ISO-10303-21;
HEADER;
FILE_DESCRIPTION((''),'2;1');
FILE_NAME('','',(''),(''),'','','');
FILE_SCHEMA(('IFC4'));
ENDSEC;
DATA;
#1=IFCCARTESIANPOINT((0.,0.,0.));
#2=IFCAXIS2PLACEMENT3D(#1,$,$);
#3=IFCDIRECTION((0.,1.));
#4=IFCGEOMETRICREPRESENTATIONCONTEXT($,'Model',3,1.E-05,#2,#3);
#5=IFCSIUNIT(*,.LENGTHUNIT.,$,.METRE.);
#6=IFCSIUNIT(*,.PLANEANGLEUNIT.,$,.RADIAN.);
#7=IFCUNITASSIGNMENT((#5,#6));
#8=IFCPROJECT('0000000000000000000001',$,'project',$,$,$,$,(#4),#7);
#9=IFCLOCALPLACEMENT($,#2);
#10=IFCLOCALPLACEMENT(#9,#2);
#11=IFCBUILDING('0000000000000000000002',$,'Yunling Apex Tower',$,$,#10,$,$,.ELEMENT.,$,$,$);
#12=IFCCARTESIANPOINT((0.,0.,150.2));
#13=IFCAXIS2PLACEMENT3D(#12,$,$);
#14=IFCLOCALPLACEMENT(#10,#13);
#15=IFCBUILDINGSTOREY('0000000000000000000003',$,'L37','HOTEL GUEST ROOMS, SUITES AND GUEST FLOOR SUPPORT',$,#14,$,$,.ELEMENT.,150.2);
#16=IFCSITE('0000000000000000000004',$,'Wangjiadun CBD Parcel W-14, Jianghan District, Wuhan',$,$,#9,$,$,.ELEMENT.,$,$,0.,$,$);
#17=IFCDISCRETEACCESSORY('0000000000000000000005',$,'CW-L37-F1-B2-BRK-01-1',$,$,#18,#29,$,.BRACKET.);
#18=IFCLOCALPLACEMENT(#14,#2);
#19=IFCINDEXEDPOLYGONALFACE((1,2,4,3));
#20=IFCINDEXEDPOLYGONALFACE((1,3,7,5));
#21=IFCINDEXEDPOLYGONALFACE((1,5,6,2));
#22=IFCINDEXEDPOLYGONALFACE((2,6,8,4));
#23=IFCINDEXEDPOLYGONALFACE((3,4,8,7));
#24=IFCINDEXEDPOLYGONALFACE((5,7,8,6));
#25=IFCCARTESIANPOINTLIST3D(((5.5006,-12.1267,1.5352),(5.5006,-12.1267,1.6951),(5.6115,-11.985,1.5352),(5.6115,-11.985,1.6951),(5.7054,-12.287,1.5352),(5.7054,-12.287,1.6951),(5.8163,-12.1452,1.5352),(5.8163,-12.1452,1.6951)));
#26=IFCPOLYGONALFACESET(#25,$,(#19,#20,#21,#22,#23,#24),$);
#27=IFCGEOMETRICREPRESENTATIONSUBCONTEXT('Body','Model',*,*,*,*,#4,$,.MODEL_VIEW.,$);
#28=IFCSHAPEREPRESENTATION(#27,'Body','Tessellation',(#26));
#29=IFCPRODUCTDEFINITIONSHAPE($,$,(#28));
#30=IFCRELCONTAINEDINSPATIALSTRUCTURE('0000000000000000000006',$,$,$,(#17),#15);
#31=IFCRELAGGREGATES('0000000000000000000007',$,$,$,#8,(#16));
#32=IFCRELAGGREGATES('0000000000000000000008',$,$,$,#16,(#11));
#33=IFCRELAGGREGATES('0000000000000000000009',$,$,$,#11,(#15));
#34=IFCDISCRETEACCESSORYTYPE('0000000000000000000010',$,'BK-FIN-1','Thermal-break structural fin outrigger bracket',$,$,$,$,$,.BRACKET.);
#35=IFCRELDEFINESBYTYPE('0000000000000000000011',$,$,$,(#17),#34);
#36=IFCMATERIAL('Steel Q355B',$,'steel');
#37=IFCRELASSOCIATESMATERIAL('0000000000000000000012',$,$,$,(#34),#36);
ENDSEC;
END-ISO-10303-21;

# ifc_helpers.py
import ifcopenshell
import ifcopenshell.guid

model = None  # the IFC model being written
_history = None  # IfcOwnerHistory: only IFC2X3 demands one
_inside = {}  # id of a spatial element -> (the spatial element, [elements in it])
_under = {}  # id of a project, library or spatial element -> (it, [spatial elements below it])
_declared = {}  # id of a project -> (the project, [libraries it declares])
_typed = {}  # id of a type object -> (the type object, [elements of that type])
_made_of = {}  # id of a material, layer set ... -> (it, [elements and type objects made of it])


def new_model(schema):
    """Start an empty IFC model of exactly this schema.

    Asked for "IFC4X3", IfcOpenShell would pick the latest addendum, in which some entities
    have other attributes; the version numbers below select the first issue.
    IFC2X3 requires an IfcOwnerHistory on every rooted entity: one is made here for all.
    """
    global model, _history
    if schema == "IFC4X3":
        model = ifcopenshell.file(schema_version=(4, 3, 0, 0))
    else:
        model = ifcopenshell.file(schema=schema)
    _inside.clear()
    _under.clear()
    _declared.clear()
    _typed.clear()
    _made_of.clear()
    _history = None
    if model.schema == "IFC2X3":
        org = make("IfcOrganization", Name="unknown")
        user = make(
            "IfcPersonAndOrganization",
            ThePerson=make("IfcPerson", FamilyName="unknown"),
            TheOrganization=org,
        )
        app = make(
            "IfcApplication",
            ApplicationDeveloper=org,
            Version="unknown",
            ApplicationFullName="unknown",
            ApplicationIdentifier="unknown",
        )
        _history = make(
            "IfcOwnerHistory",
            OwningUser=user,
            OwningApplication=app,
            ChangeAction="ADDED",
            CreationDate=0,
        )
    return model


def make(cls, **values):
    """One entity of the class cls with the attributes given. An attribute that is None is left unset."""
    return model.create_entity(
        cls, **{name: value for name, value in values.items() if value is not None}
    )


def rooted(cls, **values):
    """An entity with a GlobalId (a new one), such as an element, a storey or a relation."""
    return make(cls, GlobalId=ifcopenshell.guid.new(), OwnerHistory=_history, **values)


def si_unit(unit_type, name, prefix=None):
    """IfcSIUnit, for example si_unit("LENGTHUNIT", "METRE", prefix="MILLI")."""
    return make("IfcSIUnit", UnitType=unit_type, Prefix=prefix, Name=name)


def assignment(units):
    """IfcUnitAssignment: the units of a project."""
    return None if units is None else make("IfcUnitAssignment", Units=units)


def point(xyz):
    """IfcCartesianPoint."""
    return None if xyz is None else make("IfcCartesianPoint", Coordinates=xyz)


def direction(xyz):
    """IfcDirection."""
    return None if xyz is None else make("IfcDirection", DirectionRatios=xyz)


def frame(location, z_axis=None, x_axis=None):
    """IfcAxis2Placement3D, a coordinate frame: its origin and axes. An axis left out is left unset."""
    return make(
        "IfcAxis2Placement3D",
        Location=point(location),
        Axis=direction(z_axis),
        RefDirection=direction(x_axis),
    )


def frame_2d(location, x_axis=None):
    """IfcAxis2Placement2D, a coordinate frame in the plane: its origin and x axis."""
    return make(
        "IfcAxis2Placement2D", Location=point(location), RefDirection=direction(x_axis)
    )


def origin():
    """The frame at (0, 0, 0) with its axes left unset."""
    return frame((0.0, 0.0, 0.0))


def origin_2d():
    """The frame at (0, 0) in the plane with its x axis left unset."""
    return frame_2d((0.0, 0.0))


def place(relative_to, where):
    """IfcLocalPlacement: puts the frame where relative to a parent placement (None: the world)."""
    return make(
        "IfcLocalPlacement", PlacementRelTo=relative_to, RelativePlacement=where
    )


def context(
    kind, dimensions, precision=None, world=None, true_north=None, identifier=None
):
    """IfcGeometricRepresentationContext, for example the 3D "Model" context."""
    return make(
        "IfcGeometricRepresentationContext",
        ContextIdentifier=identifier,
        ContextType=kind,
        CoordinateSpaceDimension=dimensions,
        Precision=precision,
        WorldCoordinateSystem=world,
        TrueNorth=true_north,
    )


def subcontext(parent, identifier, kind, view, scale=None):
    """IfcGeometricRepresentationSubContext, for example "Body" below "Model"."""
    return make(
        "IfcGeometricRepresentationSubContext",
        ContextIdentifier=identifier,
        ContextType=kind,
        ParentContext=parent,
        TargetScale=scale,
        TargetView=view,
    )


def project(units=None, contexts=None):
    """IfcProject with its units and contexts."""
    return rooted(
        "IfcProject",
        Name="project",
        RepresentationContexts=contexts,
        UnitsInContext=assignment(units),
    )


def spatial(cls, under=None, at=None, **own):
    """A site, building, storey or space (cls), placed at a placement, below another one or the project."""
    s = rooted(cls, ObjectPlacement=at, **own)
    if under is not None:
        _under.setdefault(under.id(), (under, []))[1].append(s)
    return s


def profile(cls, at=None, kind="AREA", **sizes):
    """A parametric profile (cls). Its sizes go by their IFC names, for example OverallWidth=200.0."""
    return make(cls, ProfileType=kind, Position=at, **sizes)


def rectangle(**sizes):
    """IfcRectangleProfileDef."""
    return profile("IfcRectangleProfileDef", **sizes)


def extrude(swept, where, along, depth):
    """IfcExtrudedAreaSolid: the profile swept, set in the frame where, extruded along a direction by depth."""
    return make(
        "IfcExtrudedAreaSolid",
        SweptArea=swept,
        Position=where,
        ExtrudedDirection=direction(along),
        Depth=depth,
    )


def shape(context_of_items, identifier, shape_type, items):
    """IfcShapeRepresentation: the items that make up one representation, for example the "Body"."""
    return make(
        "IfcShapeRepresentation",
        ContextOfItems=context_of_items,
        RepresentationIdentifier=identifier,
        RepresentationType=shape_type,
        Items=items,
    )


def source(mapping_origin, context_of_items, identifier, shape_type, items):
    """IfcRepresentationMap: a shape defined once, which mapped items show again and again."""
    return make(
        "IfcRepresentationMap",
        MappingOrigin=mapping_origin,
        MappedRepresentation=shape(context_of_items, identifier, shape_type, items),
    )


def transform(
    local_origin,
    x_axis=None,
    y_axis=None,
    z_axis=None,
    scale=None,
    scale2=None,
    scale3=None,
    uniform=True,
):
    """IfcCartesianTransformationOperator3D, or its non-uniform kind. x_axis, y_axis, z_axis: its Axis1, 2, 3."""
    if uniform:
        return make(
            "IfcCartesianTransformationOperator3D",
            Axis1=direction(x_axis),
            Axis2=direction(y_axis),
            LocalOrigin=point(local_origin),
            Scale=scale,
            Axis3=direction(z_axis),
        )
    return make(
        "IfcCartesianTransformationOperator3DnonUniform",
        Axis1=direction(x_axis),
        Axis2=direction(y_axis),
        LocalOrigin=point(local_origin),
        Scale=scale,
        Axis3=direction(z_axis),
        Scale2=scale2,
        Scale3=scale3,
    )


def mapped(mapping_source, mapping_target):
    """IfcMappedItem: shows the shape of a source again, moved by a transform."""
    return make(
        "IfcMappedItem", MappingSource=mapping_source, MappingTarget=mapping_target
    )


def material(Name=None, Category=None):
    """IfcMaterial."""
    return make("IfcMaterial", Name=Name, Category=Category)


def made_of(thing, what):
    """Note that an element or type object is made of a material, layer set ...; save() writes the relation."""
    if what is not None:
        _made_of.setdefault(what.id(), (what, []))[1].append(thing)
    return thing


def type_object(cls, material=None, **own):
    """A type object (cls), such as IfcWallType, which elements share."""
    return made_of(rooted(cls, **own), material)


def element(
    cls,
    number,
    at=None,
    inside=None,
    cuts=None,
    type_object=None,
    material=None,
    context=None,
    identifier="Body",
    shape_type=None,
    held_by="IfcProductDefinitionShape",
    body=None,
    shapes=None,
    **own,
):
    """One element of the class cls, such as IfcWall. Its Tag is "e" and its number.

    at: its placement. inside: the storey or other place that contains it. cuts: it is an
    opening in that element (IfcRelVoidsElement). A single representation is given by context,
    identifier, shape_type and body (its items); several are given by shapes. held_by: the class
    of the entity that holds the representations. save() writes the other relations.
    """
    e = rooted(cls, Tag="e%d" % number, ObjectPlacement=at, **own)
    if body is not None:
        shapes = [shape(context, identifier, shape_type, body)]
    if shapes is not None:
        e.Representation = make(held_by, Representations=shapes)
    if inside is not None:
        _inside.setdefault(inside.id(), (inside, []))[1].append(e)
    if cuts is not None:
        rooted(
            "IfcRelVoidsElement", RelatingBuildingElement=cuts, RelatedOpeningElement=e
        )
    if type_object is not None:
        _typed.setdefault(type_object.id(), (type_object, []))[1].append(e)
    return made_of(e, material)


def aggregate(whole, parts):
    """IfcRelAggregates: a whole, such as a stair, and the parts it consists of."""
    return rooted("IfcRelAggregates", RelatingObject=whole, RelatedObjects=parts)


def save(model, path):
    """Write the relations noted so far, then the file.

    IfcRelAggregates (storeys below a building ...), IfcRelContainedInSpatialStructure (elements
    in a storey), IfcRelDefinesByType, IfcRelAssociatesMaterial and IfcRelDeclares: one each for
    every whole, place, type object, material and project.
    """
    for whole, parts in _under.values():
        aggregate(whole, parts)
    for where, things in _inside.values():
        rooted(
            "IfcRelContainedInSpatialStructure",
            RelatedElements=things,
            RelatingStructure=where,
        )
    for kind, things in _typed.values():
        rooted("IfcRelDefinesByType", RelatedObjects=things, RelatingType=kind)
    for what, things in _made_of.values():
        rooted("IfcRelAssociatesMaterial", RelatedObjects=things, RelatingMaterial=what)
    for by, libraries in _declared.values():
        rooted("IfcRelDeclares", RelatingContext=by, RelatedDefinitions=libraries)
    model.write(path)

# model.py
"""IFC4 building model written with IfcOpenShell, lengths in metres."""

from ifc_helpers import new_model, si_unit, direction, frame, origin, origin_2d, place, context, subcontext, project, spatial, rectangle, extrude, source, transform, mapped, material, type_object, element, save


model = new_model("IFC4")

# Units and contexts
model_context = context("Model", 3, precision=1e-05, world=origin(), true_north=direction((0.0, 1.0)))
body_context = subcontext(model_context, "Body", "Model", "MODEL_VIEW")
ifc_project = project(units=[si_unit("LENGTHUNIT", "METRE"), si_unit("PLANEANGLEUNIT", "RADIAN")], contexts=[model_context])

# Site, building, storey
site_placement = place(None, origin())
site = spatial("IfcSite", under=ifc_project, at=site_placement, Name="Wangjiadun CBD Parcel W-14, Jianghan District, Wuhan", CompositionType="ELEMENT", RefElevation=0.0)
building_placement = place(site_placement, origin())
building = spatial("IfcBuilding", under=site, at=building_placement, Name="Yunling Apex Tower", CompositionType="ELEMENT")
storey_placement = place(building_placement, frame((0.0, 0.0, 150.2)))
storey = spatial("IfcBuildingStorey", under=building, at=storey_placement, Name="L37", Description="HOTEL GUEST ROOMS, SUITES AND GUEST FLOOR SUPPORT", CompositionType="ELEMENT", Elevation=150.2)

# Shared definitions
ifc_material_1 = material(Name="Steel Q355B", Category="steel")

# Discrete accessory
discrete_accessory_type = type_object("IfcDiscreteAccessoryType", Name="BK-FIN-1", Description="Thermal-break structural fin outrigger bracket", PredefinedType="BRACKET", material=ifc_material_1)
shared_shape_1 = source(origin(), body_context, "Body", "SweptSolid", [
    extrude(rectangle(XDim=0.1799, YDim=0.26, at=origin_2d()), origin(), (0.0, 0.0, 1.0), 0.1599),
])
discrete_accessory_placement = place(storey_placement, frame((5.6584, -12.136, 1.5352), z_axis=(0.0, 0.0, 1.0), x_axis=(0.616211, 0.787581, 0.0)))
element("IfcDiscreteAccessory", 1, at=discrete_accessory_placement, inside=storey, type_object=discrete_accessory_type, Name="CW-L37-F1-B2-BRK-01-1", PredefinedType="BRACKET", context=body_context, shape_type="MappedRepresentation", body=[
    mapped(shared_shape_1, transform((0.0, 0.0, 0.0), scale=1.0)),
])

save(model, "model.ifc")
